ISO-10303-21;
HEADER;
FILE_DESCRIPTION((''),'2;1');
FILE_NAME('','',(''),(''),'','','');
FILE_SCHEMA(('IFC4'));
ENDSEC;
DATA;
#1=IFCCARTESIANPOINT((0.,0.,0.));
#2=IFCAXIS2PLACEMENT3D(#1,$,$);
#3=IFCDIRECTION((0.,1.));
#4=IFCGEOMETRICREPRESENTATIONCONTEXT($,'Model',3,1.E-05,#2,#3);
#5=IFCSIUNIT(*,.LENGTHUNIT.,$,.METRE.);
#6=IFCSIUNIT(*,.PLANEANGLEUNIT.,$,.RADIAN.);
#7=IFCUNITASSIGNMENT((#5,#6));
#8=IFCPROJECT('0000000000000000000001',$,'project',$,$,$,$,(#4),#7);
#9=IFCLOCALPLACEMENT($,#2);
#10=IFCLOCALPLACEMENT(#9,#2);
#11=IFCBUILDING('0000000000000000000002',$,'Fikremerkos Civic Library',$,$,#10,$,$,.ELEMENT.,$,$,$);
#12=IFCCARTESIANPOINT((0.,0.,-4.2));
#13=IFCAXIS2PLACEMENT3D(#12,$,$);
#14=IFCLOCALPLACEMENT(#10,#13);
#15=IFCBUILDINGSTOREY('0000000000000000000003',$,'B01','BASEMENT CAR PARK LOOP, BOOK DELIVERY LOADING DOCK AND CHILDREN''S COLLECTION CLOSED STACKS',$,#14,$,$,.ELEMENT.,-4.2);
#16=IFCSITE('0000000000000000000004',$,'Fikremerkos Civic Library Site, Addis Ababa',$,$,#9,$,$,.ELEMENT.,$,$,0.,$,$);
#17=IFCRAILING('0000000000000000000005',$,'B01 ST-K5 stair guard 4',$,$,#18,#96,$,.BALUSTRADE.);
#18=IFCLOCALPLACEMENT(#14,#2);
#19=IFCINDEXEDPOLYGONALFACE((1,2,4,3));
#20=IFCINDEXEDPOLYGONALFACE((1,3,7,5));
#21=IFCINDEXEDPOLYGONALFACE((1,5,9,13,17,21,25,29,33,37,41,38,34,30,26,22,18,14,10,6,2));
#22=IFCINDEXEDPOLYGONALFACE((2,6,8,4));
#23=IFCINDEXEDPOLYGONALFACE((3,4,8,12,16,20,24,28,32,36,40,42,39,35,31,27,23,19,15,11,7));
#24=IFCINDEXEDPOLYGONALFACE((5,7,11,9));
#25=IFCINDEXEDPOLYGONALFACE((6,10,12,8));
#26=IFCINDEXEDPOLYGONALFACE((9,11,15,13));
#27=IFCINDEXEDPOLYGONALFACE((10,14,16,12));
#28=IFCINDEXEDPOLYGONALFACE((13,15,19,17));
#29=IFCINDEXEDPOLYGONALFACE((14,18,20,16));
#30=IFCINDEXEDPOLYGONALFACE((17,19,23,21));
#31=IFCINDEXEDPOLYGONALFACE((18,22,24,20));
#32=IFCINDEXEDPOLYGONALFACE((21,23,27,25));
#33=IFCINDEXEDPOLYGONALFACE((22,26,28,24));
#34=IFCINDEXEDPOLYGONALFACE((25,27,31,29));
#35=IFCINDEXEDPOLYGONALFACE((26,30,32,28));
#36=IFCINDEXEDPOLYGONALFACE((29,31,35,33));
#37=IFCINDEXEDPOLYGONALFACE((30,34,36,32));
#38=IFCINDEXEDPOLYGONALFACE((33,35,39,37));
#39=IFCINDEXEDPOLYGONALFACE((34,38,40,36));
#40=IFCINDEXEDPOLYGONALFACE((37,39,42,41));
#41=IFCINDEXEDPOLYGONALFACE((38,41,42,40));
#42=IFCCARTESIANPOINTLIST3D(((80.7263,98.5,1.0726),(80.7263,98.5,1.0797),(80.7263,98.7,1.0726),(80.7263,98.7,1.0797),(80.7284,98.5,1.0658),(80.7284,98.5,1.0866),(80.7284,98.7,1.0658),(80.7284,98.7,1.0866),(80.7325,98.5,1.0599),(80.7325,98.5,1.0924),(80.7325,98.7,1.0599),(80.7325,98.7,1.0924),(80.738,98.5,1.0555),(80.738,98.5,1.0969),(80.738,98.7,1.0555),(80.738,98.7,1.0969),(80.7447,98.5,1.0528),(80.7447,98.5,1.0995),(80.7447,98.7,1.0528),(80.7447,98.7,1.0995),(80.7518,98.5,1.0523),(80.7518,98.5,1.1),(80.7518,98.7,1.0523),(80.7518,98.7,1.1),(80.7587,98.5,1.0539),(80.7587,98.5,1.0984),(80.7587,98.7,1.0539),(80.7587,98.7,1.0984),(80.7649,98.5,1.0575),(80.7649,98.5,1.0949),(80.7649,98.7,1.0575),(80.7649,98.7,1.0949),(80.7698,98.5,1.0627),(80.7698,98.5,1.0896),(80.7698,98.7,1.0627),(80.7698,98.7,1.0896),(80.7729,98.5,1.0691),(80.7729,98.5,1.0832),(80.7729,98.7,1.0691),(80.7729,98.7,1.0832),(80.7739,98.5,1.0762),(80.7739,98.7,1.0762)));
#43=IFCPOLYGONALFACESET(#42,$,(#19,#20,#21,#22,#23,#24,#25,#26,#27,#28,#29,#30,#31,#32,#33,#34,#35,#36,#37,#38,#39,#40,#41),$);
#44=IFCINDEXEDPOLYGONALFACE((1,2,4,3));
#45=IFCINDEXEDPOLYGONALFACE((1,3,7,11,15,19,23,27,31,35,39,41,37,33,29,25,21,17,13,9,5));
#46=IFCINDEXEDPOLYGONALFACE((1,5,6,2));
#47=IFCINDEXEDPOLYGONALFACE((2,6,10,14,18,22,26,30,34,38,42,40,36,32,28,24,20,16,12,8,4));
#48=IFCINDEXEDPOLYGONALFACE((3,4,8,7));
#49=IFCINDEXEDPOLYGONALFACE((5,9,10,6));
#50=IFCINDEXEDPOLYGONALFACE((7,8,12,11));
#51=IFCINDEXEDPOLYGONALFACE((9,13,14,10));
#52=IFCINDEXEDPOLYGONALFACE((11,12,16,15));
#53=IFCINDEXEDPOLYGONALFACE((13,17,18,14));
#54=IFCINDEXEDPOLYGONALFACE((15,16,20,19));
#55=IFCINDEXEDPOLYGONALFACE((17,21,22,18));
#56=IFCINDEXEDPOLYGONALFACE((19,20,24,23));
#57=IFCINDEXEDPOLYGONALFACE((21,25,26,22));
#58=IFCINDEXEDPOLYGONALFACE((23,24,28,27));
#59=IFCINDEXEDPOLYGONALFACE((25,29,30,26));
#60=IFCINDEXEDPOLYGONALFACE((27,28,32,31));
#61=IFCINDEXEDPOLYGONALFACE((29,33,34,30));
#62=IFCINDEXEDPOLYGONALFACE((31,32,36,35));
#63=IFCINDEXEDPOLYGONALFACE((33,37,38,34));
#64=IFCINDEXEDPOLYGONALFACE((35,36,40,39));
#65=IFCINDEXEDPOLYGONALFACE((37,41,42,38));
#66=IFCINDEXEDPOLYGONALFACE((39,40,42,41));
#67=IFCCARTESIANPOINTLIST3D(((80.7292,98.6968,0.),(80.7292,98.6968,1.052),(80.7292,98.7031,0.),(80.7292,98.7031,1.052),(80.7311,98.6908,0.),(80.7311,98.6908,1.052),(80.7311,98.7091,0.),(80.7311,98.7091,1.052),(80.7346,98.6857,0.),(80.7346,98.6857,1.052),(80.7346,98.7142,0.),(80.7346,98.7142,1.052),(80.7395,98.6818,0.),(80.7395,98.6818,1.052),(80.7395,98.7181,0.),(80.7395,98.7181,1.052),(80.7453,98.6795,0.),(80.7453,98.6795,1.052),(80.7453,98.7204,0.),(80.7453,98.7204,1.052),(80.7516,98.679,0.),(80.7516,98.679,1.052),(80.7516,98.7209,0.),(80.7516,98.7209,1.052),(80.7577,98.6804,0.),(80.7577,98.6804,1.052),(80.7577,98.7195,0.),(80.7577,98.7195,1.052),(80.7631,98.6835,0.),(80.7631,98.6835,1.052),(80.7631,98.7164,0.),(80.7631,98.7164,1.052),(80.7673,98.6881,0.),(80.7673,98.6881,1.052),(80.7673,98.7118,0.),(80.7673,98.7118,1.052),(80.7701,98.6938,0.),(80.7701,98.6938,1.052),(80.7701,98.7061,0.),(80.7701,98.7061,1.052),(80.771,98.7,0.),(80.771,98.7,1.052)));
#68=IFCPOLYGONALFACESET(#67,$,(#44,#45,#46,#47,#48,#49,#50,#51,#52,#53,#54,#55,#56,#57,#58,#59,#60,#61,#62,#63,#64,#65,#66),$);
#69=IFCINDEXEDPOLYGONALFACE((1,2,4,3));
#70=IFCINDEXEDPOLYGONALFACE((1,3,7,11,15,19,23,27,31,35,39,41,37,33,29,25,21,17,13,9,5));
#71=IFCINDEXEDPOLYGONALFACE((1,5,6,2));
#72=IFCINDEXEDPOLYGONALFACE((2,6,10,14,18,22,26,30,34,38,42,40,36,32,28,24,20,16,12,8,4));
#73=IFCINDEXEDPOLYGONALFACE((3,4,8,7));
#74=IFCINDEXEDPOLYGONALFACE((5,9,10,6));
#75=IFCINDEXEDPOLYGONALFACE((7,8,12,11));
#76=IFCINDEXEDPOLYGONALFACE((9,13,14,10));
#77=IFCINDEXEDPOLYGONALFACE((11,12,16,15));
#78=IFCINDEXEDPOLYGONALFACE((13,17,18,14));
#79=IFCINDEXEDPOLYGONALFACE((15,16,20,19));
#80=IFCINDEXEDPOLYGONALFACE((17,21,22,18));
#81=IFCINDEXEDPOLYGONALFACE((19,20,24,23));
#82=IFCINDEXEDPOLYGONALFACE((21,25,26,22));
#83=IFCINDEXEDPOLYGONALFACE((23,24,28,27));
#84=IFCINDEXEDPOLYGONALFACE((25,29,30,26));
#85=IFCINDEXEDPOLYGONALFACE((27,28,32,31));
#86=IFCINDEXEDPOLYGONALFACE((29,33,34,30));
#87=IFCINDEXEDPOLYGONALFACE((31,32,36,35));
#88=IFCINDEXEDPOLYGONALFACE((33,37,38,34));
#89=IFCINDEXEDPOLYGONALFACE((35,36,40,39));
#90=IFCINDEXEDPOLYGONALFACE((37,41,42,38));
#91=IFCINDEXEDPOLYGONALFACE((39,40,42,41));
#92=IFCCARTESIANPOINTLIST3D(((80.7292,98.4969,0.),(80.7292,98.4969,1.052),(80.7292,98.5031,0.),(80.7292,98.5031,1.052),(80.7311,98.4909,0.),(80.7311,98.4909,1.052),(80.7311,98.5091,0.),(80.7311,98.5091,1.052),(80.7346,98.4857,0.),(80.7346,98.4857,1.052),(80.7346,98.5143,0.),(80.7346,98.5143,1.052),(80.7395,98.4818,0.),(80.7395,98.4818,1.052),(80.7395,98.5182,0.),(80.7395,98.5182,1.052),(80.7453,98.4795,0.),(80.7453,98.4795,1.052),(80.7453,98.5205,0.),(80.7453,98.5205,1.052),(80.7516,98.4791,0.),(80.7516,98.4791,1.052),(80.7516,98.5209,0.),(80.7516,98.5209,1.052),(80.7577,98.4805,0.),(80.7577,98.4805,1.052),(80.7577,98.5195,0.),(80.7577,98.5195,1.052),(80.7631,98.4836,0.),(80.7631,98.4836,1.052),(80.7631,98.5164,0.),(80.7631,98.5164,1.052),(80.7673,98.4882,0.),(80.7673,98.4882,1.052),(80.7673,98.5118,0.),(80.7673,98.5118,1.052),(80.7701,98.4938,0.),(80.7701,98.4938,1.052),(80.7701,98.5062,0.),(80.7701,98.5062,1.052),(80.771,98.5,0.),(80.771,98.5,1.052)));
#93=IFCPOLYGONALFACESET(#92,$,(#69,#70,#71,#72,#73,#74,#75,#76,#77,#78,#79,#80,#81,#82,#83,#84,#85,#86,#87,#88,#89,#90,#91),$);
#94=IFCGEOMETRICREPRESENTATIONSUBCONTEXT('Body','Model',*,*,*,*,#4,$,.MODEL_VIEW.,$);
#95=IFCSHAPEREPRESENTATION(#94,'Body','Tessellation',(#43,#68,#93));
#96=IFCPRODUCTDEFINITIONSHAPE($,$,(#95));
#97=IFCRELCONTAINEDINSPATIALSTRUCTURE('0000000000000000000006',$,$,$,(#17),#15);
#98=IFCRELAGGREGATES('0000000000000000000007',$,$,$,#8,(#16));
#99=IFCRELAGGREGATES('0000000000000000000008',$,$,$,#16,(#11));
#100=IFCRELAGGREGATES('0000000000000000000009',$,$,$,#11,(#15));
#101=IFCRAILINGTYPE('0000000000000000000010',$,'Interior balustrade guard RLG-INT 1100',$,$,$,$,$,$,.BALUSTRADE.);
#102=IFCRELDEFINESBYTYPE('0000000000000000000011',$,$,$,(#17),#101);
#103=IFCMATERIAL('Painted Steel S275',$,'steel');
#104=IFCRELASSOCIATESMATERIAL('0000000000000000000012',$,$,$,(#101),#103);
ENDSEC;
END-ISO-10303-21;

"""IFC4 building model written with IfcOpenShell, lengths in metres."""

from ifc_helpers import new_model, si_unit, direction, frame, origin, origin_2d, place, context, subcontext, project, spatial, circle, extrude, material, type_object, element, save


model = new_model("IFC4")

# Units and contexts
model_context = context("Model", 3, precision=1e-05, world=origin(), true_north=direction((0.0, 1.0)))
body_context = subcontext(model_context, "Body", "Model", "MODEL_VIEW")
ifc_project = project(units=[si_unit("LENGTHUNIT", "METRE"), si_unit("PLANEANGLEUNIT", "RADIAN")], contexts=[model_context])

# Site, building, storey
site_placement = place(None, origin())
site = spatial("IfcSite", under=ifc_project, at=site_placement, Name="Fikremerkos Civic Library Site, Addis Ababa", CompositionType="ELEMENT", RefElevation=0.0)
building_placement = place(site_placement, origin())
building = spatial("IfcBuilding", under=site, at=building_placement, Name="Fikremerkos Civic Library", CompositionType="ELEMENT")
storey_placement = place(building_placement, frame((0.0, 0.0, -4.2)))
storey = spatial("IfcBuildingStorey", under=building, at=storey_placement, Name="B01", Description="BASEMENT CAR PARK LOOP, BOOK DELIVERY LOADING DOCK AND CHILDREN'S COLLECTION CLOSED STACKS", CompositionType="ELEMENT", Elevation=-4.2)

# Railing
ifc_material_1 = material(Name="Painted Steel S275", Category="steel")
railing_type_1 = type_object("IfcRailingType", Name="Interior balustrade guard RLG-INT 1100", PredefinedType="BALUSTRADE", material=ifc_material_1)
railing_1_placement = place(storey_placement, frame((80.75, 98.7, 0.0)))
element("IfcRailing", 1, at=railing_1_placement, inside=storey, type_object=railing_type_1, Name="B01 ST-K5 stair guard 4", PredefinedType="BALUSTRADE", context=body_context, shape_type="SweptSolid", body=[
    extrude(circle(Radius=0.0239, at=origin_2d()), frame((0.0, 0.0, 1.0762), z_axis=(0.0, -1.0, 0.0), x_axis=(1.0, 0.0, 0.0)), (0.0, 0.0, 1.0), 0.2),
    extrude(circle(Radius=0.021, at=origin_2d()), origin(), (0.0, 0.0, 1.0), 1.052),
    extrude(circle(Radius=0.021, at=origin_2d()), frame((0.0, -0.2, 0.0)), (0.0, 0.0, 1.0), 1.052),
])

save(model, "model.ifc")
